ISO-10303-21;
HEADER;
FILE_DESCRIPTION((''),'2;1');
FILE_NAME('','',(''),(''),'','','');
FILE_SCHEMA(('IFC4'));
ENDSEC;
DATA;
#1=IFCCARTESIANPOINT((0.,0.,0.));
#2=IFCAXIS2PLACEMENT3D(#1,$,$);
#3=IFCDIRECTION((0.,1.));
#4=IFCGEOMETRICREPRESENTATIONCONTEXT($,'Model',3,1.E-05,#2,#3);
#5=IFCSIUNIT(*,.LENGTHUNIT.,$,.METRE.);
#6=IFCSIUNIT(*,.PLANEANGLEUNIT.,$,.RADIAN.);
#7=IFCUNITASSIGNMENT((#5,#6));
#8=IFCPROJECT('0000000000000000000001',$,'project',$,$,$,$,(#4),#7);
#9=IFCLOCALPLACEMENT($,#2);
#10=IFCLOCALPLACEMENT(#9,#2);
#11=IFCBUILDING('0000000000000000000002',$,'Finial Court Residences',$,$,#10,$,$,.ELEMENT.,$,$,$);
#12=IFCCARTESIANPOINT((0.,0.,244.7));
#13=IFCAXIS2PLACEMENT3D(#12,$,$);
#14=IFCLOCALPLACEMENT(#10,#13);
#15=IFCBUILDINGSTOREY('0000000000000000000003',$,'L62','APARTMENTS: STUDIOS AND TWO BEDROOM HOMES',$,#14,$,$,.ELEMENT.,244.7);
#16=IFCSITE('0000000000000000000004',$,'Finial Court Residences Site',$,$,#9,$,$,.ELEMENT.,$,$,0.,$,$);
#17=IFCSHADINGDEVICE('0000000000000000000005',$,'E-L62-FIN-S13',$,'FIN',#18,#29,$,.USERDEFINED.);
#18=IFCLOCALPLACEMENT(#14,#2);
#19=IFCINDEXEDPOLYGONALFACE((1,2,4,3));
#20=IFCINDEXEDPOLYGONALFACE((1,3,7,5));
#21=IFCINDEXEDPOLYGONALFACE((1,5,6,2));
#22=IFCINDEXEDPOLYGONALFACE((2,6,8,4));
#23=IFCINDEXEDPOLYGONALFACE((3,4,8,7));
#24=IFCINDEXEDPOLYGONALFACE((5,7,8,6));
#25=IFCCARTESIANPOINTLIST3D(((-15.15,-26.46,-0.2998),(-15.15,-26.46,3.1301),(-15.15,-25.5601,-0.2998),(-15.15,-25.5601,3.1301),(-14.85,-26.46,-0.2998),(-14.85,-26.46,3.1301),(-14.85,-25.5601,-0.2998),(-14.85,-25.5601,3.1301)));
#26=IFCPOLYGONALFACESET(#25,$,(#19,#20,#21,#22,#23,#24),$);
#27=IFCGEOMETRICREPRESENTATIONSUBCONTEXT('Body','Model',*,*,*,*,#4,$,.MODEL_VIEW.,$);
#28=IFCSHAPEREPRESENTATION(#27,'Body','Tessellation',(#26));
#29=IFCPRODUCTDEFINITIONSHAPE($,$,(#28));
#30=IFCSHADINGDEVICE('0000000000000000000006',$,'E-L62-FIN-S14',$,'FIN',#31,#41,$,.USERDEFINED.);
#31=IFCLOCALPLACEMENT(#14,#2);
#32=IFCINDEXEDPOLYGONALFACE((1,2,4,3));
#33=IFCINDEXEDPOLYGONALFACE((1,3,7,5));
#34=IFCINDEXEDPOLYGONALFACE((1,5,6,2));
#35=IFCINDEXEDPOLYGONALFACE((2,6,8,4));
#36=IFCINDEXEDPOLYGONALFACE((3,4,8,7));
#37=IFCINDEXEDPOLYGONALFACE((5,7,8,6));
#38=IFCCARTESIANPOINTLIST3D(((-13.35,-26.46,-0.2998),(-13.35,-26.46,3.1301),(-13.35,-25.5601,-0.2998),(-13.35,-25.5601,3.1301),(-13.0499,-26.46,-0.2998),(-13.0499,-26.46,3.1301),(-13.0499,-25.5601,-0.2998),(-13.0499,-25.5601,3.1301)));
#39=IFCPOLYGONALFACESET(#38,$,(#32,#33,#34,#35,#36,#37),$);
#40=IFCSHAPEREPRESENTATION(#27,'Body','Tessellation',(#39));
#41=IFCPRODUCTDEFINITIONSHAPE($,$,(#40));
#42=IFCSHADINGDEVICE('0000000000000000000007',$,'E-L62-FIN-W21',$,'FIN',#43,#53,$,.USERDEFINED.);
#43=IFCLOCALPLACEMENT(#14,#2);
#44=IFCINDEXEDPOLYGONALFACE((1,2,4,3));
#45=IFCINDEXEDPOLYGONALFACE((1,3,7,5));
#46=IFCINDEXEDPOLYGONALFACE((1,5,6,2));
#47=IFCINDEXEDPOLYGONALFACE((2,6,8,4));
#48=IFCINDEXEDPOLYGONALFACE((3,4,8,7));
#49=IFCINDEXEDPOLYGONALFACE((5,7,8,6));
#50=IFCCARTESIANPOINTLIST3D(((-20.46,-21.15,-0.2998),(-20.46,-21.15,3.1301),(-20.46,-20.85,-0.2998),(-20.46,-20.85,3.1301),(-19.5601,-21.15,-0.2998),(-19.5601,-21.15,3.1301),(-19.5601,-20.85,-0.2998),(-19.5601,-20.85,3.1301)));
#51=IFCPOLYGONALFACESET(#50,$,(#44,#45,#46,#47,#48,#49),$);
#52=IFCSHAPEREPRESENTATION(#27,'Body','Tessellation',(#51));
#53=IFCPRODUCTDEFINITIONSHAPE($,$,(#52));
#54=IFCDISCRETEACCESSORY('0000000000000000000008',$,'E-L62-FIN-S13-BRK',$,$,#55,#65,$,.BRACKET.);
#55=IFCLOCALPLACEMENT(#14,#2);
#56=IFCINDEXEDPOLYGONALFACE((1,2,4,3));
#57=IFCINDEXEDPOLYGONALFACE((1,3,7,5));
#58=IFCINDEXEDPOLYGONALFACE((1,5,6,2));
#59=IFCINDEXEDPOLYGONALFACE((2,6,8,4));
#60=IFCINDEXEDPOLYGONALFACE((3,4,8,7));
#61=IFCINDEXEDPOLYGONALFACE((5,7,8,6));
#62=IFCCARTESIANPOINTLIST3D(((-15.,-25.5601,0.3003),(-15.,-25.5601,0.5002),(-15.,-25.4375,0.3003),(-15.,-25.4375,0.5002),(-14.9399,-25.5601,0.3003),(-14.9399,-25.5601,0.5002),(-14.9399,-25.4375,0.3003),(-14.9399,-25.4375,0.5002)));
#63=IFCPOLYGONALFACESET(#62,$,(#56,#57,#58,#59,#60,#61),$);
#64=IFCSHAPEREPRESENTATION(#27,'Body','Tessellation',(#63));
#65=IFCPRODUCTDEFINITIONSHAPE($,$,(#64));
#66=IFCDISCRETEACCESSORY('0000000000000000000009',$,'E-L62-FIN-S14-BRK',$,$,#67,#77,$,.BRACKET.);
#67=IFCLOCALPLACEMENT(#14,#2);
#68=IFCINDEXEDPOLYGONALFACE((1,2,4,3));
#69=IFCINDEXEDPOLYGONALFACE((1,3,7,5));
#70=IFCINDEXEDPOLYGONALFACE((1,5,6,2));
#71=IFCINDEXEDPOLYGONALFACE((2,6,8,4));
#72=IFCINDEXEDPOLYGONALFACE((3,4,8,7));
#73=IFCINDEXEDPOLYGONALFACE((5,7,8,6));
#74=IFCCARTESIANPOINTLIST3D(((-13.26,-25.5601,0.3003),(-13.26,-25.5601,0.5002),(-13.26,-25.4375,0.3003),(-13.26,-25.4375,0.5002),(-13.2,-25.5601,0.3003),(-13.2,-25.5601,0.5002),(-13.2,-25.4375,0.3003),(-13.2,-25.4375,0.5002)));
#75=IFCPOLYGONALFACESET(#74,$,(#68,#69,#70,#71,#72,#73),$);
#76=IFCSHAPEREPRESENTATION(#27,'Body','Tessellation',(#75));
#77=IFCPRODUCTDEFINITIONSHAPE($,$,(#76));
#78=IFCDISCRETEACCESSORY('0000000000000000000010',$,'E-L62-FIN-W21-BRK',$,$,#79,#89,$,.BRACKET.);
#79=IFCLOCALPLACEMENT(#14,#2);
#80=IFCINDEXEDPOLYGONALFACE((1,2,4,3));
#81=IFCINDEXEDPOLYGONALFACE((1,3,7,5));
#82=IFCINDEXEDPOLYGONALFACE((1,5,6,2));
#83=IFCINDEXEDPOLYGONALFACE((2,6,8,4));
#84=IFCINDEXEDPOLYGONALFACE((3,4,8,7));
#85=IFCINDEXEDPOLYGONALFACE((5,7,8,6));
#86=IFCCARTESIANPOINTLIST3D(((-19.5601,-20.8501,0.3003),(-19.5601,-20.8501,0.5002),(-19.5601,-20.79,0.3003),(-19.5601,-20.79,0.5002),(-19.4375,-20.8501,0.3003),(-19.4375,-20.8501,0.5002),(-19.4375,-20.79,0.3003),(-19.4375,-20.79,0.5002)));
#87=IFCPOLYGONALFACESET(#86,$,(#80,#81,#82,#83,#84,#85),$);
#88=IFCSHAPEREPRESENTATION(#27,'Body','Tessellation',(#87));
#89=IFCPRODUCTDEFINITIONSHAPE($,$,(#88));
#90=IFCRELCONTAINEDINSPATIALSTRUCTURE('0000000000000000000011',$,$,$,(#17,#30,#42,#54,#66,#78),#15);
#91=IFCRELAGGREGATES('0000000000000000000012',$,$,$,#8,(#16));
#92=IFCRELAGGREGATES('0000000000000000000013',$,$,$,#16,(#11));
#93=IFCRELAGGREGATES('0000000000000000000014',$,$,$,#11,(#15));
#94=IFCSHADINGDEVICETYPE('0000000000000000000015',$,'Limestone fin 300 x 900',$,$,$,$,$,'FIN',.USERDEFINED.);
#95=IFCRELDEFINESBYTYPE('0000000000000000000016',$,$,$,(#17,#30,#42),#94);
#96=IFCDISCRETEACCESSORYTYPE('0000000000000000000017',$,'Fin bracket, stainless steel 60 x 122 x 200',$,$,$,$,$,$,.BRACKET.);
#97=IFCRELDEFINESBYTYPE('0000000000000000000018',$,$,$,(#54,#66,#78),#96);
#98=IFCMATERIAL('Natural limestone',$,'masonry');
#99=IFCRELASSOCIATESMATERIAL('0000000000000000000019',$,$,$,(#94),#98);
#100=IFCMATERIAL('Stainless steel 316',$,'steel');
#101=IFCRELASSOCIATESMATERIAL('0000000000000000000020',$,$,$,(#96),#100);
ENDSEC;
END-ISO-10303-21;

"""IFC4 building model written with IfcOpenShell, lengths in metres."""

from ifc_helpers import new_model, si_unit, direction, frame, origin, origin_2d, place, context, subcontext, project, spatial, rectangle, extrude, material, type_object, element, save


model = new_model("IFC4")

# Units and contexts
model_context = context("Model", 3, precision=1e-05, world=origin(), true_north=direction((0.0, 1.0)))
body_context = subcontext(model_context, "Body", "Model", "MODEL_VIEW")
ifc_project = project(units=[si_unit("LENGTHUNIT", "METRE"), si_unit("PLANEANGLEUNIT", "RADIAN")], contexts=[model_context])

# Site, building, storey
site_placement = place(None, origin())
site = spatial("IfcSite", under=ifc_project, at=site_placement, Name="Finial Court Residences Site", CompositionType="ELEMENT", RefElevation=0.0)
building_placement = place(site_placement, origin())
building = spatial("IfcBuilding", under=site, at=building_placement, Name="Finial Court Residences", CompositionType="ELEMENT")
storey_placement = place(building_placement, frame((0.0, 0.0, 244.7)))
storey = spatial("IfcBuildingStorey", under=building, at=storey_placement, Name="L62", Description="APARTMENTS: STUDIOS AND TWO BEDROOM HOMES", CompositionType="ELEMENT", Elevation=244.7)

# Shared definitions
ifc_material_1 = material(Name="Natural limestone", Category="masonry")

# Shading devices
shading_device_type = type_object("IfcShadingDeviceType", Name="Limestone fin 300 x 900", ElementType="FIN", PredefinedType="USERDEFINED", material=ifc_material_1)
for number, where, z_axis, x_axis, name in (
    (1, (-15.0, -26.01, -0.2998), (0.0, 0.0, 1.0), (1.0, 0.0, 0.0), "E-L62-FIN-S13"),
    (2, (-13.2, -26.01, -0.2998), (0.0, 0.0, 1.0), (1.0, 0.0, 0.0), "E-L62-FIN-S14"),
):
    element("IfcShadingDevice", number, at=place(storey_placement, frame(where, z_axis=z_axis, x_axis=x_axis)), inside=storey, type_object=shading_device_type, Name=name, ObjectType="FIN", PredefinedType="USERDEFINED", context=body_context, shape_type="SweptSolid", body=[
        extrude(rectangle(XDim=0.3, YDim=0.8999, at=origin_2d()), origin(), (0.0, 0.0, 1.0), 3.4299),
    ])
shading_device_placement = place(storey_placement, frame((-20.01, -21.0, -0.2998), z_axis=(0.0, 0.0, 1.0), x_axis=(1.0, 0.0, 0.0)))
element("IfcShadingDevice", 3, at=shading_device_placement, inside=storey, type_object=shading_device_type, Name="E-L62-FIN-W21", ObjectType="FIN", PredefinedType="USERDEFINED", context=body_context, shape_type="SweptSolid", body=[
    extrude(rectangle(XDim=0.8999, YDim=0.3, at=origin_2d()), origin(), (0.0, 0.0, 1.0), 3.4299),
])

# Discrete accessories
ifc_material_2 = material(Name="Stainless steel 316", Category="steel")
discrete_accessory_type = type_object("IfcDiscreteAccessoryType", Name="Fin bracket, stainless steel 60 x 122 x 200", PredefinedType="BRACKET", material=ifc_material_2)
for number, where, z_axis, x_axis, name in (
    (4, (-14.97, -25.4988, 0.3003), (0.0, 0.0, 1.0), (1.0, 0.0, 0.0), "E-L62-FIN-S13-BRK"),
    (5, (-13.23, -25.4988, 0.3003), (0.0, 0.0, 1.0), (1.0, 0.0, 0.0), "E-L62-FIN-S14-BRK"),
):
    element("IfcDiscreteAccessory", number, at=place(storey_placement, frame(where, z_axis=z_axis, x_axis=x_axis)), inside=storey, type_object=discrete_accessory_type, Name=name, PredefinedType="BRACKET", context=body_context, shape_type="SweptSolid", body=[
        extrude(rectangle(XDim=0.0601, YDim=0.1226, at=origin_2d()), origin(), (0.0, 0.0, 1.0), 0.2),
    ])
discrete_accessory_placement = place(storey_placement, frame((-19.4988, -20.8201, 0.3003), z_axis=(0.0, 0.0, 1.0), x_axis=(1.0, 0.0, 0.0)))
element("IfcDiscreteAccessory", 6, at=discrete_accessory_placement, inside=storey, type_object=discrete_accessory_type, Name="E-L62-FIN-W21-BRK", PredefinedType="BRACKET", context=body_context, shape_type="SweptSolid", body=[
    extrude(rectangle(XDim=0.1226, YDim=0.0601, at=origin_2d()), origin(), (0.0, 0.0, 1.0), 0.2),
])

save(model, "model.ifc")
